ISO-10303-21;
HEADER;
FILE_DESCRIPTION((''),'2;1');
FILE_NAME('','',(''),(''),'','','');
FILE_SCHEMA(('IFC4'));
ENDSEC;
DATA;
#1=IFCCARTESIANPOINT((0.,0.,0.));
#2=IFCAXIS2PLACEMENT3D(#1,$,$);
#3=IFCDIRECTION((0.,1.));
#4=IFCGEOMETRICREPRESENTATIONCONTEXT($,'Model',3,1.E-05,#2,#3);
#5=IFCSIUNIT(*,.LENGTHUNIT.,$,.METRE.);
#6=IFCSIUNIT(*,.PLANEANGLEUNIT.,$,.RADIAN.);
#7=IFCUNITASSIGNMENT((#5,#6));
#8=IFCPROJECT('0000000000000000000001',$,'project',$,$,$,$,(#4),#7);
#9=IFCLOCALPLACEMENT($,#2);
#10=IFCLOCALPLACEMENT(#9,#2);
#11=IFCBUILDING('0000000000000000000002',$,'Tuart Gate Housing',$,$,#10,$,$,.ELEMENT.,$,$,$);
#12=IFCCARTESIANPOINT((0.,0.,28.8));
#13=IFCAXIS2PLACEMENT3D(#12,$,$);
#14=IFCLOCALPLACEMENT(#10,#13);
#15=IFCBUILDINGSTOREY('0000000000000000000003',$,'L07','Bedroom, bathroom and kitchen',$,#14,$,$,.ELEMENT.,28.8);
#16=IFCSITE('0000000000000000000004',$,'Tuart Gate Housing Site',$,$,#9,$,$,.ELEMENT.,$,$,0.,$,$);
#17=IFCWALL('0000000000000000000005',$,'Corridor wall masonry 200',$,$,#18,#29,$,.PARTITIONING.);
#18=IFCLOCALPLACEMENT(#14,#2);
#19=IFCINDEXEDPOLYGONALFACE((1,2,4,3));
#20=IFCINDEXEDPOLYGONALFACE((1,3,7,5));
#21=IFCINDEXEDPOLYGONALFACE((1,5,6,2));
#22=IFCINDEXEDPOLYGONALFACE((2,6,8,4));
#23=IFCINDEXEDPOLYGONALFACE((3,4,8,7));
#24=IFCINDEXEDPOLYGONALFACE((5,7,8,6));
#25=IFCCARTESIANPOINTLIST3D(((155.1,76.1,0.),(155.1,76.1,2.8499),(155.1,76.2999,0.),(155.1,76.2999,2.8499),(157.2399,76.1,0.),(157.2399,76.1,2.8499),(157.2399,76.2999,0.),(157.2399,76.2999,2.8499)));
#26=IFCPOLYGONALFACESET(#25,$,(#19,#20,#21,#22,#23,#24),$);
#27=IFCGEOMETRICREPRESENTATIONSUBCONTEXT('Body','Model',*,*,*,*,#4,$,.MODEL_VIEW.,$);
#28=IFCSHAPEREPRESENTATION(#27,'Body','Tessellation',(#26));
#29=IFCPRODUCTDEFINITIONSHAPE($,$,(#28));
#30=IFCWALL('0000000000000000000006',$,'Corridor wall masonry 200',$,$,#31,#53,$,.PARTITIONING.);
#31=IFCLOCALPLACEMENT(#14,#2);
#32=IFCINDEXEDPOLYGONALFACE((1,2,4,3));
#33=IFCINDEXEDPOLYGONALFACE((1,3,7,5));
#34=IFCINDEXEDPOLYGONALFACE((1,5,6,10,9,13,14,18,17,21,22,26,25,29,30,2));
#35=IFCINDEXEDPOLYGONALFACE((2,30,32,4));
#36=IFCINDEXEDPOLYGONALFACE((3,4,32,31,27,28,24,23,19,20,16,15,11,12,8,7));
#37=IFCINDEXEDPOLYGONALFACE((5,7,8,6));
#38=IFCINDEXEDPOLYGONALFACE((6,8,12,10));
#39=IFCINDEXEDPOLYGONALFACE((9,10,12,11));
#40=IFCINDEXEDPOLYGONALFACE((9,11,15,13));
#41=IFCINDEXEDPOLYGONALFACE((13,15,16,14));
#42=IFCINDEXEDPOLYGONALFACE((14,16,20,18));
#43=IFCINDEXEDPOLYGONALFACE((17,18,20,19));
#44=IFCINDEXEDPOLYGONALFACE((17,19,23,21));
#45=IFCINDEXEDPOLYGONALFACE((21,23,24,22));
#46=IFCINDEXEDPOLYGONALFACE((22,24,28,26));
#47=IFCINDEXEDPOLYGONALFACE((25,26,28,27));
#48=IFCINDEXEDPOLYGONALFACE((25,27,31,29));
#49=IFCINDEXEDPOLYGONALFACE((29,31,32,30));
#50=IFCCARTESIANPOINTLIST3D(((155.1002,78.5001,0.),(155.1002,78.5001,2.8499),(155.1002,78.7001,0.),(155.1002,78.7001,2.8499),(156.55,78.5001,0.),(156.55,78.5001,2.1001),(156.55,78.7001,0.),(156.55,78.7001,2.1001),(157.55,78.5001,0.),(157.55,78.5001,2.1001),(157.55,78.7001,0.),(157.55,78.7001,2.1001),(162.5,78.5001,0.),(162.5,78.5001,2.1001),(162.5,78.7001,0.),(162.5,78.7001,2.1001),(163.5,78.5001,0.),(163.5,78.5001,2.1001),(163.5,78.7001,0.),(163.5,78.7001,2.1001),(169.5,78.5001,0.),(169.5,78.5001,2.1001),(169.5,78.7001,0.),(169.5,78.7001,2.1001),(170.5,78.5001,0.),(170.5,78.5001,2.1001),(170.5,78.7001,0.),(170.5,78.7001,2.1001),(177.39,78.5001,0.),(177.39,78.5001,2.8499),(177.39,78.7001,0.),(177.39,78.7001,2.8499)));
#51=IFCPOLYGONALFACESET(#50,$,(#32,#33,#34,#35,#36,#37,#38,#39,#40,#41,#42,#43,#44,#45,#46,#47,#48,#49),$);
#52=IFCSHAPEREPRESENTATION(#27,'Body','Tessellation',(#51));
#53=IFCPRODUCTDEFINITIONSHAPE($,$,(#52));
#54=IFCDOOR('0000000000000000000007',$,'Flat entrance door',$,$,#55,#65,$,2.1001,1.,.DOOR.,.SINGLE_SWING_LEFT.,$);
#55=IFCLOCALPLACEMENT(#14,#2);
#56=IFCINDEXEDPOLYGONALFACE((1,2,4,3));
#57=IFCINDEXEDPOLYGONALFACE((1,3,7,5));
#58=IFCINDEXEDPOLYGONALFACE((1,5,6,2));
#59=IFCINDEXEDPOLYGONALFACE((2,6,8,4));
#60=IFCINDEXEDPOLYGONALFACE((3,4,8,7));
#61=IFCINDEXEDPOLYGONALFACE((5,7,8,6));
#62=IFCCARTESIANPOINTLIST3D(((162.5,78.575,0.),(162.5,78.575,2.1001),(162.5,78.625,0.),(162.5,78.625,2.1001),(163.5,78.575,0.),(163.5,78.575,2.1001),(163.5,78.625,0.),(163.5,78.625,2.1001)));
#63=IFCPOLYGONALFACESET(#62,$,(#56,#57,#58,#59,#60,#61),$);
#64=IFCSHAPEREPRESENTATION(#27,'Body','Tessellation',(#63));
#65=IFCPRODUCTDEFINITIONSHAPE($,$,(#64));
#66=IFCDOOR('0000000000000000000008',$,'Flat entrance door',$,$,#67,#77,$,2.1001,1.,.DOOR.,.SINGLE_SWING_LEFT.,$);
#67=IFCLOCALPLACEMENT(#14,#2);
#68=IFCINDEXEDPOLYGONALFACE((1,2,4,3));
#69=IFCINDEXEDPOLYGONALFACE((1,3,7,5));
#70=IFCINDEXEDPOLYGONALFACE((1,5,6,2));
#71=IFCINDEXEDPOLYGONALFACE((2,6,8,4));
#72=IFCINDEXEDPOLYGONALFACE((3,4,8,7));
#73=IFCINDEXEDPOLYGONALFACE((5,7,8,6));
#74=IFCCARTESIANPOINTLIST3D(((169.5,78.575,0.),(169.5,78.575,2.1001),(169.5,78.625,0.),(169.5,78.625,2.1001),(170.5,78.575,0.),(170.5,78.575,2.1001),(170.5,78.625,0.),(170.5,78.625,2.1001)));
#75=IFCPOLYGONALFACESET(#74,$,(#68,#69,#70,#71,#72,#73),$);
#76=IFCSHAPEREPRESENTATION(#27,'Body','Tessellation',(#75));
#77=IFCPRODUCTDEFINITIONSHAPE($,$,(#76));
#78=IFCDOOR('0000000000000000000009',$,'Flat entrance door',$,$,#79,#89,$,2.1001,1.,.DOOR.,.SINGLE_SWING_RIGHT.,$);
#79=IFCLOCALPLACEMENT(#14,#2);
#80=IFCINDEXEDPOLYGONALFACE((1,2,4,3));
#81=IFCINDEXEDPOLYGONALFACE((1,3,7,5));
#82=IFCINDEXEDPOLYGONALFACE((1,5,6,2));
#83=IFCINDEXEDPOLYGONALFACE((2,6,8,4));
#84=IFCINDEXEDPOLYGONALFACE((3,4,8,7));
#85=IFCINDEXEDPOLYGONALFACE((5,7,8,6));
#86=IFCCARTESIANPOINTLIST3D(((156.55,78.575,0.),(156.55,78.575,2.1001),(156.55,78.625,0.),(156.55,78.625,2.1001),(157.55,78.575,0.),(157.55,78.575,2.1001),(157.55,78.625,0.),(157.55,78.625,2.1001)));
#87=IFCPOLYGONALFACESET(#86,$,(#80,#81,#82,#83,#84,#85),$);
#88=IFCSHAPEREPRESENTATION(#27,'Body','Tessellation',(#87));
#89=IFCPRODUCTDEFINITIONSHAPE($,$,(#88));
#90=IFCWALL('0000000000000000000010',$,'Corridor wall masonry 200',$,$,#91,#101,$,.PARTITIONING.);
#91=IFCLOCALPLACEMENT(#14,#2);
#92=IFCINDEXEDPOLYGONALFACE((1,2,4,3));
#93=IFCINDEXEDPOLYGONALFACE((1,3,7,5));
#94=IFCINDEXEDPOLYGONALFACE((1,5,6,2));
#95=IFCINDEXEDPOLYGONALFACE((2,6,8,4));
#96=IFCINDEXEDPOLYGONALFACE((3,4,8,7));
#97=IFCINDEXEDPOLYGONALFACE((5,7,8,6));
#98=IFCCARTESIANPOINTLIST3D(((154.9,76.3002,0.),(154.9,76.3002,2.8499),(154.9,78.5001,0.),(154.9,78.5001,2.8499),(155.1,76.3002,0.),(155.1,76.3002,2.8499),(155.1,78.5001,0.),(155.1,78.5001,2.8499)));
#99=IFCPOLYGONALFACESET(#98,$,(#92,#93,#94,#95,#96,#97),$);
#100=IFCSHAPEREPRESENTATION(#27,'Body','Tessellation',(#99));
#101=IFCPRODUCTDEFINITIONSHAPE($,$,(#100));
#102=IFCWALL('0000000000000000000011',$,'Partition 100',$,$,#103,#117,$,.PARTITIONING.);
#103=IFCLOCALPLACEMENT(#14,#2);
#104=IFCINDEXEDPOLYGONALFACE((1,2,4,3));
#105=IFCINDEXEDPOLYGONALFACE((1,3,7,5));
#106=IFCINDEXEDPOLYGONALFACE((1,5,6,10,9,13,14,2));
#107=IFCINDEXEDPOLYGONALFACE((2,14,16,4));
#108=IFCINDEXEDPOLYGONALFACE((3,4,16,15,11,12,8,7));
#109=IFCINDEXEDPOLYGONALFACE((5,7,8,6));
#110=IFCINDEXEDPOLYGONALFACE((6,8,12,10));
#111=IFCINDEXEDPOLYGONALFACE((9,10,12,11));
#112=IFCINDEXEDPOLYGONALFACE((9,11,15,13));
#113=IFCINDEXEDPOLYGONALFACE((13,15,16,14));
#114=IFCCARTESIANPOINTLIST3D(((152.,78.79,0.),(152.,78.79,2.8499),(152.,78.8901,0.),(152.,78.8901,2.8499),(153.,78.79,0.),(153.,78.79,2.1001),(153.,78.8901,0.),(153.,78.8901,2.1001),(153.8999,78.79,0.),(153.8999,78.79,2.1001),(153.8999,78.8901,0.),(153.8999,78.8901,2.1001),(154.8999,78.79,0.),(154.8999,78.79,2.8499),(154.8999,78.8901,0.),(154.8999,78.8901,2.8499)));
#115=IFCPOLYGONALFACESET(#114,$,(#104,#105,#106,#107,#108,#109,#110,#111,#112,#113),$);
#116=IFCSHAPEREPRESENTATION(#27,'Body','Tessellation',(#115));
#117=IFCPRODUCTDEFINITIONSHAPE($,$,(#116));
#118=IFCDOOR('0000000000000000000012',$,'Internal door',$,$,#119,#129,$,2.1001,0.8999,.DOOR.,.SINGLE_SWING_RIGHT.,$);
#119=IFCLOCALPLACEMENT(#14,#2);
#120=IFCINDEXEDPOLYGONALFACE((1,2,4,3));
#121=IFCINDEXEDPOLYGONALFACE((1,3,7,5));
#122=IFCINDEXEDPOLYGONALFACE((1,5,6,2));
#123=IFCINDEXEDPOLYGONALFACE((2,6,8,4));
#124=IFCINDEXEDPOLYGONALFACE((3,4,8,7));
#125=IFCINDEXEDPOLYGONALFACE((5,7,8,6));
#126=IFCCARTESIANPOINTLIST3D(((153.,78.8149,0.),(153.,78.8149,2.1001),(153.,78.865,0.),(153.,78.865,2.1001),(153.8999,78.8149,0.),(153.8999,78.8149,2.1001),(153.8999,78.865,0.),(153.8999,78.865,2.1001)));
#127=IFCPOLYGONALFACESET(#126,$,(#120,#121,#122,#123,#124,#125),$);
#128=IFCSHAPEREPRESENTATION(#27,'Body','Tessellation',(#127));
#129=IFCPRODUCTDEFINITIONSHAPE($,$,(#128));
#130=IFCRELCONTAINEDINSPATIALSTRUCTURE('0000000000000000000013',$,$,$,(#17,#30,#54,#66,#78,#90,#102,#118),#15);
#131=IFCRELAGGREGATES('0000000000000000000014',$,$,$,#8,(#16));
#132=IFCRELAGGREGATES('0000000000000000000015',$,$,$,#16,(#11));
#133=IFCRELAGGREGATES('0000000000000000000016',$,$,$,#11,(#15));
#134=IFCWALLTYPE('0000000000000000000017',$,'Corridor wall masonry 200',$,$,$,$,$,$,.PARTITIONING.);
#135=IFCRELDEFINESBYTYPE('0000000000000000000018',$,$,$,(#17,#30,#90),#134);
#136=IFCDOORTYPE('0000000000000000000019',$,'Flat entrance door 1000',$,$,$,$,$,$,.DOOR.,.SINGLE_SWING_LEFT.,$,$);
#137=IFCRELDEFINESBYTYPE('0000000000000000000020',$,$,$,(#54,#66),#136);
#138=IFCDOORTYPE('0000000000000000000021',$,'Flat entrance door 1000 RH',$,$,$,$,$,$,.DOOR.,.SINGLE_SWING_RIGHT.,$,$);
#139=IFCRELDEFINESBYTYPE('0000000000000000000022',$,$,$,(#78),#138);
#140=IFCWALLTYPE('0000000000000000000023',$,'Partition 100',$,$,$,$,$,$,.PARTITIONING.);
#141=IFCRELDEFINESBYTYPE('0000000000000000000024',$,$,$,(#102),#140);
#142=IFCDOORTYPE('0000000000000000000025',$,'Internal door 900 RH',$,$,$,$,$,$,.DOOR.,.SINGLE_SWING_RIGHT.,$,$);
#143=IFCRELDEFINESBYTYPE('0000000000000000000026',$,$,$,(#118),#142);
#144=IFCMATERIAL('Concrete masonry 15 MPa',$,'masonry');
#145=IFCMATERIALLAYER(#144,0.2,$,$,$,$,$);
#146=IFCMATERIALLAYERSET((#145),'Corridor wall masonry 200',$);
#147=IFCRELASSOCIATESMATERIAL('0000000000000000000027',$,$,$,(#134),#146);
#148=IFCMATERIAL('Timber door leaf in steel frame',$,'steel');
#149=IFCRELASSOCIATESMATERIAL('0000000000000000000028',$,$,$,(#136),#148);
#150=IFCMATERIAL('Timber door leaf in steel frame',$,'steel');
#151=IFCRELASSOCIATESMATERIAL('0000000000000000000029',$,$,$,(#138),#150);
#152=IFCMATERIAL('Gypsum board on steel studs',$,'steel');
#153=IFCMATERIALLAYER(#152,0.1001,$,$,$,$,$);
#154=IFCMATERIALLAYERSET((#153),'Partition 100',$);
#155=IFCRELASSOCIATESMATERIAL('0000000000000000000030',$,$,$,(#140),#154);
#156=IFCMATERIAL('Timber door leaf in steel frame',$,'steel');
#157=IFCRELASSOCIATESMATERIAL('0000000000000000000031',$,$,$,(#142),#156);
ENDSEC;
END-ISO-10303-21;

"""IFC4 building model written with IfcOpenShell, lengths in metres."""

from ifc_helpers import new_model, si_unit, direction, frame, frame_2d, origin, place, context, subcontext, project, spatial, rectangle, extrude, material, layer, layer_set, type_object, element, fill, save


model = new_model("IFC4")

# Units and contexts
model_context = context("Model", 3, precision=1e-05, world=origin(), true_north=direction((0.0, 1.0)))
body_context = subcontext(model_context, "Body", "Model", "MODEL_VIEW")
ifc_project = project(units=[si_unit("LENGTHUNIT", "METRE"), si_unit("PLANEANGLEUNIT", "RADIAN")], contexts=[model_context])

# Site, building, storey
site_placement = place(None, origin())
site = spatial("IfcSite", under=ifc_project, at=site_placement, Name="Tuart Gate Housing Site", CompositionType="ELEMENT", RefElevation=0.0)
building_placement = place(site_placement, origin())
building = spatial("IfcBuilding", under=site, at=building_placement, Name="Tuart Gate Housing", CompositionType="ELEMENT")
storey_placement = place(building_placement, frame((0.0, 0.0, 28.8)))
storey = spatial("IfcBuildingStorey", under=building, at=storey_placement, Name="L07", Description="Bedroom, bathroom and kitchen", CompositionType="ELEMENT", Elevation=28.8)

# Wall
ifc_material_1 = material(Name="Concrete masonry 15 MPa", Category="masonry")
ifc_layer_1 = layer(ifc_material_1, 0.2)
ifc_layer_set_1 = layer_set([ifc_layer_1], Name="Corridor wall masonry 200")
wall_type_1 = type_object("IfcWallType", Name="Corridor wall masonry 200", PredefinedType="PARTITIONING", material=ifc_layer_set_1)
wall_1_placement = place(storey_placement, frame((155.1001, 76.2, 0.0), z_axis=(0.0, 0.0, 1.0), x_axis=(1.0, 0.0, 0.0)))
element("IfcWall", 1, at=wall_1_placement, inside=storey, type_object=wall_type_1, Name="Corridor wall masonry 200", PredefinedType="PARTITIONING", context=body_context, shape_type="SweptSolid", body=[
    extrude(rectangle(XDim=2.1399, YDim=0.2, at=frame_2d((1.0698, 0.0))), origin(), (0.0, 0.0, 1.0), 2.8499),
])

# Wall, openings, doors
wall_2_placement = place(storey_placement, frame((155.1001, 78.6001, 0.0), z_axis=(0.0, 0.0, 1.0), x_axis=(1.0, 0.0, 0.0)))
wall_2 = element("IfcWall", 2, at=wall_2_placement, inside=storey, type_object=wall_type_1, Name="Corridor wall masonry 200", PredefinedType="PARTITIONING", context=body_context, shape_type="SweptSolid", body=[
    extrude(rectangle(XDim=22.2898, YDim=0.2, at=frame_2d((11.145, 0.0))), origin(), (0.0, 0.0, 1.0), 2.8499),
])
opening_1_placement = place(wall_2_placement, frame((1.45, 0.0, 0.0)))
opening_1 = element("IfcOpeningElement", 3, at=opening_1_placement, cuts=wall_2, PredefinedType="OPENING", context=body_context, shape_type="SweptSolid", body=[
    extrude(rectangle(XDim=1.0, YDim=2.1001, at=frame_2d((0.5, 1.05))), frame((0.0, 0.1099, 0.0), z_axis=(0.0, -1.0, 0.0), x_axis=(1.0, 0.0, 0.0)), (0.0, 0.0, 1.0), 0.22),
])
opening_2_placement = place(wall_2_placement, frame((7.3999, 0.0, 0.0)))
opening_2 = element("IfcOpeningElement", 4, at=opening_2_placement, cuts=wall_2, PredefinedType="OPENING", context=body_context, shape_type="SweptSolid", body=[
    extrude(rectangle(XDim=1.0, YDim=2.1001, at=frame_2d((0.5, 1.05))), frame((0.0, 0.1099, 0.0), z_axis=(0.0, -1.0, 0.0), x_axis=(1.0, 0.0, 0.0)), (0.0, 0.0, 1.0), 0.22),
])
opening_3_placement = place(wall_2_placement, frame((14.3999, 0.0, 0.0)))
opening_3 = element("IfcOpeningElement", 5, at=opening_3_placement, cuts=wall_2, PredefinedType="OPENING", context=body_context, shape_type="SweptSolid", body=[
    extrude(rectangle(XDim=1.0, YDim=2.1001, at=frame_2d((0.5, 1.05))), frame((0.0, 0.1099, 0.0), z_axis=(0.0, -1.0, 0.0), x_axis=(1.0, 0.0, 0.0)), (0.0, 0.0, 1.0), 0.22),
])
ifc_material_2 = material(Name="Timber door leaf in steel frame", Category="steel")
door_type_1 = type_object("IfcDoorType", Name="Flat entrance door 1000", OperationType="SINGLE_SWING_LEFT", PredefinedType="DOOR", material=ifc_material_2)
door_1_placement = place(opening_2_placement, origin())
door_1 = element("IfcDoor", 6, at=door_1_placement, inside=storey, type_object=door_type_1, Name="Flat entrance door", OperationType="SINGLE_SWING_LEFT", OverallHeight=2.1001, OverallWidth=1.0, PredefinedType="DOOR", context=body_context, shape_type="SweptSolid", body=[
    extrude(rectangle(XDim=1.0, YDim=2.1001, at=frame_2d((0.5, 1.05))), frame((0.0, 0.0249, 0.0), z_axis=(0.0, -1.0, 0.0), x_axis=(1.0, 0.0, 0.0)), (0.0, 0.0, 1.0), 0.05),
])
fill(opening_2, door_1)
door_2_placement = place(opening_3_placement, origin())
door_2 = element("IfcDoor", 7, at=door_2_placement, inside=storey, type_object=door_type_1, Name="Flat entrance door", OperationType="SINGLE_SWING_LEFT", OverallHeight=2.1001, OverallWidth=1.0, PredefinedType="DOOR", context=body_context, shape_type="SweptSolid", body=[
    extrude(rectangle(XDim=1.0, YDim=2.1001, at=frame_2d((0.5, 1.05))), frame((0.0, 0.0249, 0.0), z_axis=(0.0, -1.0, 0.0), x_axis=(1.0, 0.0, 0.0)), (0.0, 0.0, 1.0), 0.05),
])
fill(opening_3, door_2)
ifc_material_3 = material(Name="Timber door leaf in steel frame", Category="steel")
door_type_2 = type_object("IfcDoorType", Name="Flat entrance door 1000 RH", OperationType="SINGLE_SWING_RIGHT", PredefinedType="DOOR", material=ifc_material_3)
door_3_placement = place(opening_1_placement, origin())
door_3 = element("IfcDoor", 8, at=door_3_placement, inside=storey, type_object=door_type_2, Name="Flat entrance door", OperationType="SINGLE_SWING_RIGHT", OverallHeight=2.1001, OverallWidth=1.0, PredefinedType="DOOR", context=body_context, shape_type="SweptSolid", body=[
    extrude(rectangle(XDim=1.0, YDim=2.1001, at=frame_2d((0.5, 1.05))), frame((0.0, 0.0249, 0.0), z_axis=(0.0, -1.0, 0.0), x_axis=(1.0, 0.0, 0.0)), (0.0, 0.0, 1.0), 0.05),
])
fill(opening_1, door_3)

# Wall
wall_3_placement = place(storey_placement, frame((155.0, 76.3, 0.0), z_axis=(0.0, 0.0, 1.0), x_axis=(0.0, 1.0, 0.0)))
element("IfcWall", 9, at=wall_3_placement, inside=storey, type_object=wall_type_1, Name="Corridor wall masonry 200", PredefinedType="PARTITIONING", context=body_context, shape_type="SweptSolid", body=[
    extrude(rectangle(XDim=2.2, YDim=0.2, at=frame_2d((1.1001, 0.0))), origin(), (0.0, 0.0, 1.0), 2.8499),
])

# Wall, opening, door
ifc_material_4 = material(Name="Gypsum board on steel studs", Category="steel")
ifc_layer_2 = layer(ifc_material_4, 0.1001)
ifc_layer_set_2 = layer_set([ifc_layer_2], Name="Partition 100")
wall_type_2 = type_object("IfcWallType", Name="Partition 100", PredefinedType="PARTITIONING", material=ifc_layer_set_2)
wall_4_placement = place(storey_placement, frame((152.0, 78.8401, 0.0), z_axis=(0.0, 0.0, 1.0), x_axis=(1.0, 0.0, 0.0)))
wall_4 = element("IfcWall", 10, at=wall_4_placement, inside=storey, type_object=wall_type_2, Name="Partition 100", PredefinedType="PARTITIONING", context=body_context, shape_type="SweptSolid", body=[
    extrude(rectangle(XDim=2.8999, YDim=0.1001, at=frame_2d((1.45, 0.0))), origin(), (0.0, 0.0, 1.0), 2.8499),
])
opening_4_placement = place(wall_4_placement, frame((1.0, 0.0, 0.0)))
opening_4 = element("IfcOpeningElement", 11, at=opening_4_placement, cuts=wall_4, PredefinedType="OPENING", context=body_context, shape_type="SweptSolid", body=[
    extrude(rectangle(XDim=0.8999, YDim=2.1001, at=frame_2d((0.45, 1.05))), frame((0.0, 0.0601, 0.0), z_axis=(0.0, -1.0, 0.0), x_axis=(1.0, 0.0, 0.0)), (0.0, 0.0, 1.0), 0.1201),
])
ifc_material_5 = material(Name="Timber door leaf in steel frame", Category="steel")
door_type_3 = type_object("IfcDoorType", Name="Internal door 900 RH", OperationType="SINGLE_SWING_RIGHT", PredefinedType="DOOR", material=ifc_material_5)
door_4_placement = place(opening_4_placement, frame((0.8999, 0.0, 0.0), z_axis=(0.0, 0.0, 1.0), x_axis=(-1.0, 0.0, 0.0)))
door_4 = element("IfcDoor", 12, at=door_4_placement, inside=storey, type_object=door_type_3, Name="Internal door", OperationType="SINGLE_SWING_RIGHT", OverallHeight=2.1001, OverallWidth=0.8999, PredefinedType="DOOR", context=body_context, shape_type="SweptSolid", body=[
    extrude(rectangle(XDim=0.8999, YDim=2.1001, at=frame_2d((0.45, 1.05))), frame((0.0, 0.0251, 0.0), z_axis=(0.0, -1.0, 0.0), x_axis=(1.0, 0.0, 0.0)), (0.0, 0.0, 1.0), 0.05),
])
fill(opening_4, door_4)

save(model, "model.ifc")
